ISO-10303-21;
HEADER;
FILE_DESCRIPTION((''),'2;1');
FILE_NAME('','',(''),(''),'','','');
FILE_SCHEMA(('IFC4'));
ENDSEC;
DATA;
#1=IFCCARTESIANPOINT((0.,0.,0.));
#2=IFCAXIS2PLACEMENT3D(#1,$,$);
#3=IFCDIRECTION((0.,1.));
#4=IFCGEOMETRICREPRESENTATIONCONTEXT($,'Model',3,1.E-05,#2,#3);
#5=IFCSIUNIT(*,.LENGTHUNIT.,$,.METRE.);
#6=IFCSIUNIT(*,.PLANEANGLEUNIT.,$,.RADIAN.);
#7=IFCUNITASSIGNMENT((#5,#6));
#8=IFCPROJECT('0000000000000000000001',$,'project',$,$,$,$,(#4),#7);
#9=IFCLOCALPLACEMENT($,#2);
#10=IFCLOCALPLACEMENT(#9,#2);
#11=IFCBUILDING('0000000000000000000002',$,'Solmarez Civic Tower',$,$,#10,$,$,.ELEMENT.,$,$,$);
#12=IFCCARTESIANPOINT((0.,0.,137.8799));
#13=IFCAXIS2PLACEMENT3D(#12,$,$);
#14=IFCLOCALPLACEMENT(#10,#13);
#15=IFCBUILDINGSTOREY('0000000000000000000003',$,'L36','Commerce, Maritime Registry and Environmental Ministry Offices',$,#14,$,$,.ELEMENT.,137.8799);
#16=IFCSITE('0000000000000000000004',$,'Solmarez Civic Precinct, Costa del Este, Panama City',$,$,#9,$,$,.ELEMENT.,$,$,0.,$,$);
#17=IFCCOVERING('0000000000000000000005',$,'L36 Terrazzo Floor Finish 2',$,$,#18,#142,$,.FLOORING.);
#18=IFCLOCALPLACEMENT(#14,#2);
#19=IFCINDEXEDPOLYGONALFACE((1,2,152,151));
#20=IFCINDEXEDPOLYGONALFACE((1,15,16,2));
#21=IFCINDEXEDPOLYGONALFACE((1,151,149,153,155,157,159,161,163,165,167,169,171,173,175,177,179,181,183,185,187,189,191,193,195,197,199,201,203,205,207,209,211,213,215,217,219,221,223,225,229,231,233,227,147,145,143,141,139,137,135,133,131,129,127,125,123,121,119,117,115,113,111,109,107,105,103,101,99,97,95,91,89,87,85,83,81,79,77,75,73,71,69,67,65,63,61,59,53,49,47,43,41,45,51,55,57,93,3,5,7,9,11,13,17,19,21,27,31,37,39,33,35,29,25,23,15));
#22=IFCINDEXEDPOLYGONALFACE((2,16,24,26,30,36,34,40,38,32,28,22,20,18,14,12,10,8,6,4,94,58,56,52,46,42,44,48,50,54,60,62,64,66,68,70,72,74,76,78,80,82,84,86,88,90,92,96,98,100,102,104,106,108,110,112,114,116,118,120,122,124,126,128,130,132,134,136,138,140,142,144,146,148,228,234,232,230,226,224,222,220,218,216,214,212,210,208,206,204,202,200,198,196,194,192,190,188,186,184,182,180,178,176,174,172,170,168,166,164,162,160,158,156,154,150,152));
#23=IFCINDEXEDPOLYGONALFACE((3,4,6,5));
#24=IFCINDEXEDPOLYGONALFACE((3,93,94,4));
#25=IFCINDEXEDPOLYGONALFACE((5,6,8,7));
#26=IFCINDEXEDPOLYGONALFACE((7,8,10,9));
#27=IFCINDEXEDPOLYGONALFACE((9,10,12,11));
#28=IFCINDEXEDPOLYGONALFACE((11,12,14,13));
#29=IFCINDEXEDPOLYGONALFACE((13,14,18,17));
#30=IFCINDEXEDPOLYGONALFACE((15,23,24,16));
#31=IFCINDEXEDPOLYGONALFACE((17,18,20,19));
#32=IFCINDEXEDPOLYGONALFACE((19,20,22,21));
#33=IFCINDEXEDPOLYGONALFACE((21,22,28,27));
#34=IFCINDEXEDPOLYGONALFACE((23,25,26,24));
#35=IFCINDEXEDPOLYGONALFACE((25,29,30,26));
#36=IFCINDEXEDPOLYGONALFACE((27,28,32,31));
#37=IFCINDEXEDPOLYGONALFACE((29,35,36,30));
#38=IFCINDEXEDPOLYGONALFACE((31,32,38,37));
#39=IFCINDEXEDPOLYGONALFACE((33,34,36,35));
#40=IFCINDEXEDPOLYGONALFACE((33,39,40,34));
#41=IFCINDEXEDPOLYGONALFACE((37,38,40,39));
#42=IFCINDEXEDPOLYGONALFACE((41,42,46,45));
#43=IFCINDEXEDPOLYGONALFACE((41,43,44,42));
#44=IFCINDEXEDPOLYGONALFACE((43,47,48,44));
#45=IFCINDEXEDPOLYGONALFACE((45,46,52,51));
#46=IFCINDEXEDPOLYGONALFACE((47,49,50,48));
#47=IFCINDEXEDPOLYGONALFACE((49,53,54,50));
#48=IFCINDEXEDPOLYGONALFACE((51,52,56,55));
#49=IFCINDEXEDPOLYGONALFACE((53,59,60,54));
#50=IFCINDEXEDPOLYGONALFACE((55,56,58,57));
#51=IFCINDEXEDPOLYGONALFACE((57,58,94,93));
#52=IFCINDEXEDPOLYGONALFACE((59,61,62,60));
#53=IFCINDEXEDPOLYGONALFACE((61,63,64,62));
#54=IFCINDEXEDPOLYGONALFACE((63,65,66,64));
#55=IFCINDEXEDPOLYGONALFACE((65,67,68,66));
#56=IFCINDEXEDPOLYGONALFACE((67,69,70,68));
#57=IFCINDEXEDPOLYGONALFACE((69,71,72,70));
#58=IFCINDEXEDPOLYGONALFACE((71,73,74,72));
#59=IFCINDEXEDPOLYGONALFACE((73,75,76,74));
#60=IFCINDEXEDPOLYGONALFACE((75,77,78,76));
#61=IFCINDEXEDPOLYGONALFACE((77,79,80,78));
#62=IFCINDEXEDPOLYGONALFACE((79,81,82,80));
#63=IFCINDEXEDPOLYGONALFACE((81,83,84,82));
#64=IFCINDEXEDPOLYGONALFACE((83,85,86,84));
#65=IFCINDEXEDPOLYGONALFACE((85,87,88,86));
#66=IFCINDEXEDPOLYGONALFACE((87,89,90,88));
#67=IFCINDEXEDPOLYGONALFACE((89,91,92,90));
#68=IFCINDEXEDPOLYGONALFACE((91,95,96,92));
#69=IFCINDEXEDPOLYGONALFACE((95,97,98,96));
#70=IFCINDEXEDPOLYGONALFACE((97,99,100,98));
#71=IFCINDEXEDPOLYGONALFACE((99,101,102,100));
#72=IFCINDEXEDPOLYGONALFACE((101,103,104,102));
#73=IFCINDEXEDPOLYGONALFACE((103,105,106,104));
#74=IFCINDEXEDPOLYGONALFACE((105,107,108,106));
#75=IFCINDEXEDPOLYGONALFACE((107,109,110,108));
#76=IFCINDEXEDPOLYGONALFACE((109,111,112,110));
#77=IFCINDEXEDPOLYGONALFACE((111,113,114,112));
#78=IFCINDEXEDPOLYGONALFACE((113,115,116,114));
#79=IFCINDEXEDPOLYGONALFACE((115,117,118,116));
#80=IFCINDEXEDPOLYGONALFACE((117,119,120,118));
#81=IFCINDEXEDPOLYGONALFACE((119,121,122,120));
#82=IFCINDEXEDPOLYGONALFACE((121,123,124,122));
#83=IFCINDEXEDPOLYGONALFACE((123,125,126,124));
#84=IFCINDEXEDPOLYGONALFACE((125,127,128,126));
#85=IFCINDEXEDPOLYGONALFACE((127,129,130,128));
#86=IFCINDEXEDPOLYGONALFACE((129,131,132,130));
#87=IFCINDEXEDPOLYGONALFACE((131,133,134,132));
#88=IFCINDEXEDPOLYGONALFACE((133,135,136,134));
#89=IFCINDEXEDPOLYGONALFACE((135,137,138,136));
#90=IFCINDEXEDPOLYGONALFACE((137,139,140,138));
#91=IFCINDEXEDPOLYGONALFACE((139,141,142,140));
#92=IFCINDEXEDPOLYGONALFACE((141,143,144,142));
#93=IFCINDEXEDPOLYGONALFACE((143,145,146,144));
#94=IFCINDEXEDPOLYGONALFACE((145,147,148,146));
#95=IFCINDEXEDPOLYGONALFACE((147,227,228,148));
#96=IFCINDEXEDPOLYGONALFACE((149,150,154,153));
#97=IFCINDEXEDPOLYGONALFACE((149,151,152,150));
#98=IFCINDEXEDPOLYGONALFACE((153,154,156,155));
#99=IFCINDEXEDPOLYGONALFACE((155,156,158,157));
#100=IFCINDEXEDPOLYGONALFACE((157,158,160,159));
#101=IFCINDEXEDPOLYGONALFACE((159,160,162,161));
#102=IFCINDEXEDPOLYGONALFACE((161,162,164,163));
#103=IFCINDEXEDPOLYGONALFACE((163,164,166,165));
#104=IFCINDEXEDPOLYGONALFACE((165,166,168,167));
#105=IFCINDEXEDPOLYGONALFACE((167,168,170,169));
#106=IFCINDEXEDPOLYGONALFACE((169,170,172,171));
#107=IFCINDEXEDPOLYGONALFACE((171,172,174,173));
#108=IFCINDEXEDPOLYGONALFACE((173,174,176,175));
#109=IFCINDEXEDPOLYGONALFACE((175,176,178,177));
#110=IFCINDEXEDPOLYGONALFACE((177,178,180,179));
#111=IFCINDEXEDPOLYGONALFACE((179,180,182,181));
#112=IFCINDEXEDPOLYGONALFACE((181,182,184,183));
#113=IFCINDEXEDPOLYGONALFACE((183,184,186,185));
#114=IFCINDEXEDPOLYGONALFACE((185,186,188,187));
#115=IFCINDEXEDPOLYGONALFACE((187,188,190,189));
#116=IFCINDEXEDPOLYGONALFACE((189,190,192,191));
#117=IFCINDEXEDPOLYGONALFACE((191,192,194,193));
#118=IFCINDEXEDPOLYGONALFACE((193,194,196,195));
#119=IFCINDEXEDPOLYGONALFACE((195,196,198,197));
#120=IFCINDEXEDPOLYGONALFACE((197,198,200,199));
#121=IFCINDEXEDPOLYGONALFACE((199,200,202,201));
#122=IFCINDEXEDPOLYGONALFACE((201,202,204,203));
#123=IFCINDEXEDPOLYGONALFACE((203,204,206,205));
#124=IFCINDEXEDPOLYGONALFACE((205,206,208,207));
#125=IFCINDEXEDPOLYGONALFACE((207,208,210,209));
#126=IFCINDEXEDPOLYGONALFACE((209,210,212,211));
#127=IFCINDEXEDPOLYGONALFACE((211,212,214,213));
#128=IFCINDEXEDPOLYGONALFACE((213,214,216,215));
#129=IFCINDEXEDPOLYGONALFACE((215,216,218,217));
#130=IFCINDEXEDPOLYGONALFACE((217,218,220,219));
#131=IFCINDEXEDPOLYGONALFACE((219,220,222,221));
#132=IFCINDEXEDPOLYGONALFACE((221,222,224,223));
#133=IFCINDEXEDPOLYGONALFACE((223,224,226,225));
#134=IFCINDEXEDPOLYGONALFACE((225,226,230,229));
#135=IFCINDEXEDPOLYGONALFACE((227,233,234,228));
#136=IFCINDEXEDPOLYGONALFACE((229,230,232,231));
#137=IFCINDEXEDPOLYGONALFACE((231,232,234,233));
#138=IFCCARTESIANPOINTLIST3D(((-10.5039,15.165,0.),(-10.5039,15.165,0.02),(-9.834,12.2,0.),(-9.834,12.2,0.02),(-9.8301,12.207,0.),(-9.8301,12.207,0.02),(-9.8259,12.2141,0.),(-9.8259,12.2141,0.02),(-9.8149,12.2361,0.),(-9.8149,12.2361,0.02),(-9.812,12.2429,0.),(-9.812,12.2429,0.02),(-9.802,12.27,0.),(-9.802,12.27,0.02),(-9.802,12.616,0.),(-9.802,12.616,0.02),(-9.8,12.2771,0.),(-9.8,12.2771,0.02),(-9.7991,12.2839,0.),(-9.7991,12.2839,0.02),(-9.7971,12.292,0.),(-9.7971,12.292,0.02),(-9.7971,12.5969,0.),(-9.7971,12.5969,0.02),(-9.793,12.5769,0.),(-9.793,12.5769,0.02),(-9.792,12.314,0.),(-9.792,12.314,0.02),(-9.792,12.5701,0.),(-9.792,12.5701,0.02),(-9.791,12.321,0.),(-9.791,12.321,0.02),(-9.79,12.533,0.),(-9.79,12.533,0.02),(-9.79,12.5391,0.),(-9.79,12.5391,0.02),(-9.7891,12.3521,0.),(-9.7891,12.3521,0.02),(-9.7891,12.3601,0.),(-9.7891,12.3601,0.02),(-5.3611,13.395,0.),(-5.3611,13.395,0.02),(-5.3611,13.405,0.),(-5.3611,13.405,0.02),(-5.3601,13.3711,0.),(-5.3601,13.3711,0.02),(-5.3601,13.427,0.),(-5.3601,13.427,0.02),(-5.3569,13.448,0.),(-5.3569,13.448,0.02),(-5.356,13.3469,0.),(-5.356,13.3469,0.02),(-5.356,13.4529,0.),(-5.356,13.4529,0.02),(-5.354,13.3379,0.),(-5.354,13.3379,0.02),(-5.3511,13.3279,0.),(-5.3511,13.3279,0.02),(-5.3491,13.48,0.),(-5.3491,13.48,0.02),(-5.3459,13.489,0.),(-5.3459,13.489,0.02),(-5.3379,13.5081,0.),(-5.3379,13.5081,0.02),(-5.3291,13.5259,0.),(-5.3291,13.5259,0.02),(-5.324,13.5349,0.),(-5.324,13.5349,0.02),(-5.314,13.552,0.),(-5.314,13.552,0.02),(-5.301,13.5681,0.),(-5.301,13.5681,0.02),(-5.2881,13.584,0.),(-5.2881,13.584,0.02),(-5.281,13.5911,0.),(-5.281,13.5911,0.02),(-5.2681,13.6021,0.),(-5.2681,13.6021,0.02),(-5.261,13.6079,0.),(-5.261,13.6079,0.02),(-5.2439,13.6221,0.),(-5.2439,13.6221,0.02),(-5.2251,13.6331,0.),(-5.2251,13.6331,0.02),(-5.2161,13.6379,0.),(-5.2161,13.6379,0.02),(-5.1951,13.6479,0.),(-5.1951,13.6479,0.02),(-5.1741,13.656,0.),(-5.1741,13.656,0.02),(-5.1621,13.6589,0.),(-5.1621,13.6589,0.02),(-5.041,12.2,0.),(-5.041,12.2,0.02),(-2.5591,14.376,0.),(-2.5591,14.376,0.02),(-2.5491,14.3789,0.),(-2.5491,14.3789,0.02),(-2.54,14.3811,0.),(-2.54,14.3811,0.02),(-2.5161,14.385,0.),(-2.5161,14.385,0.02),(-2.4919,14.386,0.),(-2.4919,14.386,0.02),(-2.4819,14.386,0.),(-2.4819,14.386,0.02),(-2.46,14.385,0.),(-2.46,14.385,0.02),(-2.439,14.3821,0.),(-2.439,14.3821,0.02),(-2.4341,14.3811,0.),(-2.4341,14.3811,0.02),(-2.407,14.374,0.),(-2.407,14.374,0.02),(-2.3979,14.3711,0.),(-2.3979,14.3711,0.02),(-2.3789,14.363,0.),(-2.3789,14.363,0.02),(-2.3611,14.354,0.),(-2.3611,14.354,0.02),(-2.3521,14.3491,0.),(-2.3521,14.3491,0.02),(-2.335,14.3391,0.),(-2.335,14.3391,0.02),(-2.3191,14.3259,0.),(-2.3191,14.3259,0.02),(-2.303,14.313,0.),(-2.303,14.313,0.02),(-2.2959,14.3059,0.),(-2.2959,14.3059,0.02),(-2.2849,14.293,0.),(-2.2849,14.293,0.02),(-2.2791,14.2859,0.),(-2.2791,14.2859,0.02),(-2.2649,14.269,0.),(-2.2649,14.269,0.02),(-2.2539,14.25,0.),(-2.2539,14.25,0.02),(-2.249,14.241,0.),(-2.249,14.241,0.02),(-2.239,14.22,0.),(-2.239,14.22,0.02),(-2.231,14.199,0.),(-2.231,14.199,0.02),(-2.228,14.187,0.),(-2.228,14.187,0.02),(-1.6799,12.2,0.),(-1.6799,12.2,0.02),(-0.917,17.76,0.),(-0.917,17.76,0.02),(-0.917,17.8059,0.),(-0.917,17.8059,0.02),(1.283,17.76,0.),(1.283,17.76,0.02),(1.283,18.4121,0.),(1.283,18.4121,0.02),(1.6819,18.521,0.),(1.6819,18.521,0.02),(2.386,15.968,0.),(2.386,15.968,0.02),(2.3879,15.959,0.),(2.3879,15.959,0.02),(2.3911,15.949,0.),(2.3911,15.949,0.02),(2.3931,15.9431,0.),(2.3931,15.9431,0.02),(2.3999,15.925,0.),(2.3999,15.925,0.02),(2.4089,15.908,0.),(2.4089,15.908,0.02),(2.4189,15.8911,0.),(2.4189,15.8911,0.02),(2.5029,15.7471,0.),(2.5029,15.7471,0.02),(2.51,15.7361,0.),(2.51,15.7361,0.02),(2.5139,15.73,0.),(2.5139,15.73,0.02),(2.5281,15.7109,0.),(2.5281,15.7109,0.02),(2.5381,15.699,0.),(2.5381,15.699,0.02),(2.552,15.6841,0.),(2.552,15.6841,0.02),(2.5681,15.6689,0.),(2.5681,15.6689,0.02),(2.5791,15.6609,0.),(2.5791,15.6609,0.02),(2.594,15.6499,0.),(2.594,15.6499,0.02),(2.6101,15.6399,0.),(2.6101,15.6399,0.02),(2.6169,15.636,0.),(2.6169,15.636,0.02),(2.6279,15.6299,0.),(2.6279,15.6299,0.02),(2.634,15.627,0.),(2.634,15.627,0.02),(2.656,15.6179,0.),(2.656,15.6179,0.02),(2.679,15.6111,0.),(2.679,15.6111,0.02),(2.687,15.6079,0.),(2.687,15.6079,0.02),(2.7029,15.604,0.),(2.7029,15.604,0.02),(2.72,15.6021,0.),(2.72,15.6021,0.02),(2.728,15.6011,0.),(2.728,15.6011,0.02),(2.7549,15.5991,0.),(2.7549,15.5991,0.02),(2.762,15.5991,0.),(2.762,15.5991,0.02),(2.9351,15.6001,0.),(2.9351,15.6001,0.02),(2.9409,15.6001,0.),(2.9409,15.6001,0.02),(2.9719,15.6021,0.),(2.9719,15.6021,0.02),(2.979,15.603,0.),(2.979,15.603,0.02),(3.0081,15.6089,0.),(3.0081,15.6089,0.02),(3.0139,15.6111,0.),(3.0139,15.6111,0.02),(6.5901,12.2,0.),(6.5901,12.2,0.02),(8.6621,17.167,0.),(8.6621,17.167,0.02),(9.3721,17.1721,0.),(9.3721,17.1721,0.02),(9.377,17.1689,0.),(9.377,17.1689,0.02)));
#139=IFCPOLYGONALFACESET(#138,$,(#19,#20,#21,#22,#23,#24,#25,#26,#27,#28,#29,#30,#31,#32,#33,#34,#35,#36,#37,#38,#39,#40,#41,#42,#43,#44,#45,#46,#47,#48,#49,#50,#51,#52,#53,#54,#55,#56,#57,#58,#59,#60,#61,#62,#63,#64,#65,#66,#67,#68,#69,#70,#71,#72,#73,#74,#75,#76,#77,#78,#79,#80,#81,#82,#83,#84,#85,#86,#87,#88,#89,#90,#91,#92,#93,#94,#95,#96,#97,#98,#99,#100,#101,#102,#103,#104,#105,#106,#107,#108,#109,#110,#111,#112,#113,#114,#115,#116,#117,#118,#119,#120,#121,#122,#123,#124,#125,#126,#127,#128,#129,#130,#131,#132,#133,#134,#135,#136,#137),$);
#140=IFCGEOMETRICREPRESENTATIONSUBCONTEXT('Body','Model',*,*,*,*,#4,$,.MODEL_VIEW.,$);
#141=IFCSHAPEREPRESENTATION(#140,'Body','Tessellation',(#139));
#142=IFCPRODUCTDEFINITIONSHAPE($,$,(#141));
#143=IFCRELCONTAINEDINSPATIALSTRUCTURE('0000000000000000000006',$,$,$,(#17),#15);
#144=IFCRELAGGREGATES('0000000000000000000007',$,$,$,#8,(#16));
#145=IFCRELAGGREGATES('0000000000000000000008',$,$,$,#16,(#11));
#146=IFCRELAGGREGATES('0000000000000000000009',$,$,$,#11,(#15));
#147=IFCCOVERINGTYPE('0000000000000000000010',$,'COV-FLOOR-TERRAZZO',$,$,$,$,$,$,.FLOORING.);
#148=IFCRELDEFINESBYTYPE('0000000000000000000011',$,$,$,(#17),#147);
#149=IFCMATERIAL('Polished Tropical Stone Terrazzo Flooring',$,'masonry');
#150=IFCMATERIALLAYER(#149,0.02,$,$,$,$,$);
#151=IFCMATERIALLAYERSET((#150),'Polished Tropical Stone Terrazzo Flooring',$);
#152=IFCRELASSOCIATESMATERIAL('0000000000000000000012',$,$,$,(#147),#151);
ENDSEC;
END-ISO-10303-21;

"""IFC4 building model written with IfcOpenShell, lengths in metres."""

from ifc_helpers import new_model, si_unit, direction, frame, origin, place, context, subcontext, project, spatial, polyline, outline, extrude, material, layer, layer_set, type_object, element, save


model = new_model("IFC4")

# Units and contexts
model_context = context("Model", 3, precision=1e-05, world=origin(), true_north=direction((0.0, 1.0)))
body_context = subcontext(model_context, "Body", "Model", "MODEL_VIEW")
ifc_project = project(units=[si_unit("LENGTHUNIT", "METRE"), si_unit("PLANEANGLEUNIT", "RADIAN")], contexts=[model_context])

# Site, building, storey
site_placement = place(None, origin())
site = spatial("IfcSite", under=ifc_project, at=site_placement, Name="Solmarez Civic Precinct, Costa del Este, Panama City", CompositionType="ELEMENT", RefElevation=0.0)
building_placement = place(site_placement, origin())
building = spatial("IfcBuilding", under=site, at=building_placement, Name="Solmarez Civic Tower", CompositionType="ELEMENT")
storey_placement = place(building_placement, frame((0.0, 0.0, 137.8799)))
storey = spatial("IfcBuildingStorey", under=building, at=storey_placement, Name="L36", Description="Commerce, Maritime Registry and Environmental Ministry Offices", CompositionType="ELEMENT", Elevation=137.8799)

# Covering
ifc_material_1 = material(Name="Polished Tropical Stone Terrazzo Flooring", Category="masonry")
ifc_layer_1 = layer(ifc_material_1, 0.02)
ifc_layer_set_1 = layer_set([ifc_layer_1], Name="Polished Tropical Stone Terrazzo Flooring")
covering_type_1 = type_object("IfcCoveringType", Name="COV-FLOOR-TERRAZZO", PredefinedType="FLOORING", material=ifc_layer_set_1)
covering_1_placement = place(storey_placement, origin())
element("IfcCovering", 1, at=covering_1_placement, inside=storey, type_object=covering_type_1, Name="L36 Terrazzo Floor Finish 2", PredefinedType="FLOORING", context=body_context, shape_type="SweptSolid", body=[
    extrude(outline(polyline([(-10.5039, 15.165), (-9.802, 12.616), (-9.7971, 12.5969), (-9.793, 12.5769), (-9.792, 12.5701), (-9.79, 12.5391), (-9.79, 12.533), (-9.7891, 12.3601), (-9.7891, 12.3521), (-9.791, 12.321), (-9.792, 12.314), (-9.7971, 12.292), (-9.7991, 12.2839), (-9.8, 12.2771), (-9.802, 12.27), (-9.812, 12.2429), (-9.8149, 12.2361), (-9.8259, 12.2141), (-9.8301, 12.207), (-9.834, 12.2), (-5.041, 12.2), (-5.3511, 13.3279), (-5.354, 13.3379), (-5.356, 13.3469), (-5.3601, 13.3711), (-5.3611, 13.395), (-5.3611, 13.405), (-5.3601, 13.427), (-5.3569, 13.448), (-5.356, 13.4529), (-5.3491, 13.48), (-5.3459, 13.489), (-5.3379, 13.5081), (-5.3291, 13.5259), (-5.324, 13.5349), (-5.314, 13.552), (-5.301, 13.5681), (-5.2881, 13.584), (-5.281, 13.5911), (-5.2681, 13.6021), (-5.261, 13.6079), (-5.2439, 13.6221), (-5.2251, 13.6331), (-5.2161, 13.6379), (-5.1951, 13.6479), (-5.1741, 13.656), (-5.1621, 13.6589), (-2.5591, 14.376), (-2.5491, 14.3789), (-2.54, 14.3811), (-2.5161, 14.385), (-2.4919, 14.386), (-2.4819, 14.386), (-2.46, 14.385), (-2.439, 14.3821), (-2.4341, 14.3811), (-2.407, 14.374), (-2.3979, 14.3711), (-2.3789, 14.363), (-2.3611, 14.354), (-2.3521, 14.3491), (-2.335, 14.3391), (-2.3191, 14.3259), (-2.303, 14.313), (-2.2959, 14.3059), (-2.2849, 14.293), (-2.2791, 14.2859), (-2.2649, 14.269), (-2.2539, 14.25), (-2.249, 14.241), (-2.239, 14.22), (-2.231, 14.199), (-2.228, 14.187), (-1.6799, 12.2), (6.5901, 12.2), (9.377, 17.1689), (9.3721, 17.1721), (8.6621, 17.167), (3.0139, 15.6111), (3.0081, 15.6089), (2.979, 15.603), (2.9719, 15.6021), (2.9409, 15.6001), (2.9351, 15.6001), (2.762, 15.5991), (2.7549, 15.5991), (2.728, 15.6011), (2.72, 15.6021), (2.7029, 15.604), (2.687, 15.6079), (2.679, 15.6111), (2.656, 15.6179), (2.634, 15.627), (2.6279, 15.6299), (2.6169, 15.636), (2.6101, 15.6399), (2.594, 15.6499), (2.5791, 15.6609), (2.5681, 15.6689), (2.552, 15.6841), (2.5381, 15.699), (2.5281, 15.7109), (2.5139, 15.73), (2.51, 15.7361), (2.5029, 15.7471), (2.4189, 15.8911), (2.4089, 15.908), (2.3999, 15.925), (2.3931, 15.9431), (2.3911, 15.949), (2.3879, 15.959), (2.386, 15.968), (1.6819, 18.521), (1.283, 18.4121), (1.283, 17.76), (-0.917, 17.76), (-0.917, 17.8059), (-10.5039, 15.165)])), origin(), (0.0, 0.0, 1.0), 0.02),
])

save(model, "model.ifc")
